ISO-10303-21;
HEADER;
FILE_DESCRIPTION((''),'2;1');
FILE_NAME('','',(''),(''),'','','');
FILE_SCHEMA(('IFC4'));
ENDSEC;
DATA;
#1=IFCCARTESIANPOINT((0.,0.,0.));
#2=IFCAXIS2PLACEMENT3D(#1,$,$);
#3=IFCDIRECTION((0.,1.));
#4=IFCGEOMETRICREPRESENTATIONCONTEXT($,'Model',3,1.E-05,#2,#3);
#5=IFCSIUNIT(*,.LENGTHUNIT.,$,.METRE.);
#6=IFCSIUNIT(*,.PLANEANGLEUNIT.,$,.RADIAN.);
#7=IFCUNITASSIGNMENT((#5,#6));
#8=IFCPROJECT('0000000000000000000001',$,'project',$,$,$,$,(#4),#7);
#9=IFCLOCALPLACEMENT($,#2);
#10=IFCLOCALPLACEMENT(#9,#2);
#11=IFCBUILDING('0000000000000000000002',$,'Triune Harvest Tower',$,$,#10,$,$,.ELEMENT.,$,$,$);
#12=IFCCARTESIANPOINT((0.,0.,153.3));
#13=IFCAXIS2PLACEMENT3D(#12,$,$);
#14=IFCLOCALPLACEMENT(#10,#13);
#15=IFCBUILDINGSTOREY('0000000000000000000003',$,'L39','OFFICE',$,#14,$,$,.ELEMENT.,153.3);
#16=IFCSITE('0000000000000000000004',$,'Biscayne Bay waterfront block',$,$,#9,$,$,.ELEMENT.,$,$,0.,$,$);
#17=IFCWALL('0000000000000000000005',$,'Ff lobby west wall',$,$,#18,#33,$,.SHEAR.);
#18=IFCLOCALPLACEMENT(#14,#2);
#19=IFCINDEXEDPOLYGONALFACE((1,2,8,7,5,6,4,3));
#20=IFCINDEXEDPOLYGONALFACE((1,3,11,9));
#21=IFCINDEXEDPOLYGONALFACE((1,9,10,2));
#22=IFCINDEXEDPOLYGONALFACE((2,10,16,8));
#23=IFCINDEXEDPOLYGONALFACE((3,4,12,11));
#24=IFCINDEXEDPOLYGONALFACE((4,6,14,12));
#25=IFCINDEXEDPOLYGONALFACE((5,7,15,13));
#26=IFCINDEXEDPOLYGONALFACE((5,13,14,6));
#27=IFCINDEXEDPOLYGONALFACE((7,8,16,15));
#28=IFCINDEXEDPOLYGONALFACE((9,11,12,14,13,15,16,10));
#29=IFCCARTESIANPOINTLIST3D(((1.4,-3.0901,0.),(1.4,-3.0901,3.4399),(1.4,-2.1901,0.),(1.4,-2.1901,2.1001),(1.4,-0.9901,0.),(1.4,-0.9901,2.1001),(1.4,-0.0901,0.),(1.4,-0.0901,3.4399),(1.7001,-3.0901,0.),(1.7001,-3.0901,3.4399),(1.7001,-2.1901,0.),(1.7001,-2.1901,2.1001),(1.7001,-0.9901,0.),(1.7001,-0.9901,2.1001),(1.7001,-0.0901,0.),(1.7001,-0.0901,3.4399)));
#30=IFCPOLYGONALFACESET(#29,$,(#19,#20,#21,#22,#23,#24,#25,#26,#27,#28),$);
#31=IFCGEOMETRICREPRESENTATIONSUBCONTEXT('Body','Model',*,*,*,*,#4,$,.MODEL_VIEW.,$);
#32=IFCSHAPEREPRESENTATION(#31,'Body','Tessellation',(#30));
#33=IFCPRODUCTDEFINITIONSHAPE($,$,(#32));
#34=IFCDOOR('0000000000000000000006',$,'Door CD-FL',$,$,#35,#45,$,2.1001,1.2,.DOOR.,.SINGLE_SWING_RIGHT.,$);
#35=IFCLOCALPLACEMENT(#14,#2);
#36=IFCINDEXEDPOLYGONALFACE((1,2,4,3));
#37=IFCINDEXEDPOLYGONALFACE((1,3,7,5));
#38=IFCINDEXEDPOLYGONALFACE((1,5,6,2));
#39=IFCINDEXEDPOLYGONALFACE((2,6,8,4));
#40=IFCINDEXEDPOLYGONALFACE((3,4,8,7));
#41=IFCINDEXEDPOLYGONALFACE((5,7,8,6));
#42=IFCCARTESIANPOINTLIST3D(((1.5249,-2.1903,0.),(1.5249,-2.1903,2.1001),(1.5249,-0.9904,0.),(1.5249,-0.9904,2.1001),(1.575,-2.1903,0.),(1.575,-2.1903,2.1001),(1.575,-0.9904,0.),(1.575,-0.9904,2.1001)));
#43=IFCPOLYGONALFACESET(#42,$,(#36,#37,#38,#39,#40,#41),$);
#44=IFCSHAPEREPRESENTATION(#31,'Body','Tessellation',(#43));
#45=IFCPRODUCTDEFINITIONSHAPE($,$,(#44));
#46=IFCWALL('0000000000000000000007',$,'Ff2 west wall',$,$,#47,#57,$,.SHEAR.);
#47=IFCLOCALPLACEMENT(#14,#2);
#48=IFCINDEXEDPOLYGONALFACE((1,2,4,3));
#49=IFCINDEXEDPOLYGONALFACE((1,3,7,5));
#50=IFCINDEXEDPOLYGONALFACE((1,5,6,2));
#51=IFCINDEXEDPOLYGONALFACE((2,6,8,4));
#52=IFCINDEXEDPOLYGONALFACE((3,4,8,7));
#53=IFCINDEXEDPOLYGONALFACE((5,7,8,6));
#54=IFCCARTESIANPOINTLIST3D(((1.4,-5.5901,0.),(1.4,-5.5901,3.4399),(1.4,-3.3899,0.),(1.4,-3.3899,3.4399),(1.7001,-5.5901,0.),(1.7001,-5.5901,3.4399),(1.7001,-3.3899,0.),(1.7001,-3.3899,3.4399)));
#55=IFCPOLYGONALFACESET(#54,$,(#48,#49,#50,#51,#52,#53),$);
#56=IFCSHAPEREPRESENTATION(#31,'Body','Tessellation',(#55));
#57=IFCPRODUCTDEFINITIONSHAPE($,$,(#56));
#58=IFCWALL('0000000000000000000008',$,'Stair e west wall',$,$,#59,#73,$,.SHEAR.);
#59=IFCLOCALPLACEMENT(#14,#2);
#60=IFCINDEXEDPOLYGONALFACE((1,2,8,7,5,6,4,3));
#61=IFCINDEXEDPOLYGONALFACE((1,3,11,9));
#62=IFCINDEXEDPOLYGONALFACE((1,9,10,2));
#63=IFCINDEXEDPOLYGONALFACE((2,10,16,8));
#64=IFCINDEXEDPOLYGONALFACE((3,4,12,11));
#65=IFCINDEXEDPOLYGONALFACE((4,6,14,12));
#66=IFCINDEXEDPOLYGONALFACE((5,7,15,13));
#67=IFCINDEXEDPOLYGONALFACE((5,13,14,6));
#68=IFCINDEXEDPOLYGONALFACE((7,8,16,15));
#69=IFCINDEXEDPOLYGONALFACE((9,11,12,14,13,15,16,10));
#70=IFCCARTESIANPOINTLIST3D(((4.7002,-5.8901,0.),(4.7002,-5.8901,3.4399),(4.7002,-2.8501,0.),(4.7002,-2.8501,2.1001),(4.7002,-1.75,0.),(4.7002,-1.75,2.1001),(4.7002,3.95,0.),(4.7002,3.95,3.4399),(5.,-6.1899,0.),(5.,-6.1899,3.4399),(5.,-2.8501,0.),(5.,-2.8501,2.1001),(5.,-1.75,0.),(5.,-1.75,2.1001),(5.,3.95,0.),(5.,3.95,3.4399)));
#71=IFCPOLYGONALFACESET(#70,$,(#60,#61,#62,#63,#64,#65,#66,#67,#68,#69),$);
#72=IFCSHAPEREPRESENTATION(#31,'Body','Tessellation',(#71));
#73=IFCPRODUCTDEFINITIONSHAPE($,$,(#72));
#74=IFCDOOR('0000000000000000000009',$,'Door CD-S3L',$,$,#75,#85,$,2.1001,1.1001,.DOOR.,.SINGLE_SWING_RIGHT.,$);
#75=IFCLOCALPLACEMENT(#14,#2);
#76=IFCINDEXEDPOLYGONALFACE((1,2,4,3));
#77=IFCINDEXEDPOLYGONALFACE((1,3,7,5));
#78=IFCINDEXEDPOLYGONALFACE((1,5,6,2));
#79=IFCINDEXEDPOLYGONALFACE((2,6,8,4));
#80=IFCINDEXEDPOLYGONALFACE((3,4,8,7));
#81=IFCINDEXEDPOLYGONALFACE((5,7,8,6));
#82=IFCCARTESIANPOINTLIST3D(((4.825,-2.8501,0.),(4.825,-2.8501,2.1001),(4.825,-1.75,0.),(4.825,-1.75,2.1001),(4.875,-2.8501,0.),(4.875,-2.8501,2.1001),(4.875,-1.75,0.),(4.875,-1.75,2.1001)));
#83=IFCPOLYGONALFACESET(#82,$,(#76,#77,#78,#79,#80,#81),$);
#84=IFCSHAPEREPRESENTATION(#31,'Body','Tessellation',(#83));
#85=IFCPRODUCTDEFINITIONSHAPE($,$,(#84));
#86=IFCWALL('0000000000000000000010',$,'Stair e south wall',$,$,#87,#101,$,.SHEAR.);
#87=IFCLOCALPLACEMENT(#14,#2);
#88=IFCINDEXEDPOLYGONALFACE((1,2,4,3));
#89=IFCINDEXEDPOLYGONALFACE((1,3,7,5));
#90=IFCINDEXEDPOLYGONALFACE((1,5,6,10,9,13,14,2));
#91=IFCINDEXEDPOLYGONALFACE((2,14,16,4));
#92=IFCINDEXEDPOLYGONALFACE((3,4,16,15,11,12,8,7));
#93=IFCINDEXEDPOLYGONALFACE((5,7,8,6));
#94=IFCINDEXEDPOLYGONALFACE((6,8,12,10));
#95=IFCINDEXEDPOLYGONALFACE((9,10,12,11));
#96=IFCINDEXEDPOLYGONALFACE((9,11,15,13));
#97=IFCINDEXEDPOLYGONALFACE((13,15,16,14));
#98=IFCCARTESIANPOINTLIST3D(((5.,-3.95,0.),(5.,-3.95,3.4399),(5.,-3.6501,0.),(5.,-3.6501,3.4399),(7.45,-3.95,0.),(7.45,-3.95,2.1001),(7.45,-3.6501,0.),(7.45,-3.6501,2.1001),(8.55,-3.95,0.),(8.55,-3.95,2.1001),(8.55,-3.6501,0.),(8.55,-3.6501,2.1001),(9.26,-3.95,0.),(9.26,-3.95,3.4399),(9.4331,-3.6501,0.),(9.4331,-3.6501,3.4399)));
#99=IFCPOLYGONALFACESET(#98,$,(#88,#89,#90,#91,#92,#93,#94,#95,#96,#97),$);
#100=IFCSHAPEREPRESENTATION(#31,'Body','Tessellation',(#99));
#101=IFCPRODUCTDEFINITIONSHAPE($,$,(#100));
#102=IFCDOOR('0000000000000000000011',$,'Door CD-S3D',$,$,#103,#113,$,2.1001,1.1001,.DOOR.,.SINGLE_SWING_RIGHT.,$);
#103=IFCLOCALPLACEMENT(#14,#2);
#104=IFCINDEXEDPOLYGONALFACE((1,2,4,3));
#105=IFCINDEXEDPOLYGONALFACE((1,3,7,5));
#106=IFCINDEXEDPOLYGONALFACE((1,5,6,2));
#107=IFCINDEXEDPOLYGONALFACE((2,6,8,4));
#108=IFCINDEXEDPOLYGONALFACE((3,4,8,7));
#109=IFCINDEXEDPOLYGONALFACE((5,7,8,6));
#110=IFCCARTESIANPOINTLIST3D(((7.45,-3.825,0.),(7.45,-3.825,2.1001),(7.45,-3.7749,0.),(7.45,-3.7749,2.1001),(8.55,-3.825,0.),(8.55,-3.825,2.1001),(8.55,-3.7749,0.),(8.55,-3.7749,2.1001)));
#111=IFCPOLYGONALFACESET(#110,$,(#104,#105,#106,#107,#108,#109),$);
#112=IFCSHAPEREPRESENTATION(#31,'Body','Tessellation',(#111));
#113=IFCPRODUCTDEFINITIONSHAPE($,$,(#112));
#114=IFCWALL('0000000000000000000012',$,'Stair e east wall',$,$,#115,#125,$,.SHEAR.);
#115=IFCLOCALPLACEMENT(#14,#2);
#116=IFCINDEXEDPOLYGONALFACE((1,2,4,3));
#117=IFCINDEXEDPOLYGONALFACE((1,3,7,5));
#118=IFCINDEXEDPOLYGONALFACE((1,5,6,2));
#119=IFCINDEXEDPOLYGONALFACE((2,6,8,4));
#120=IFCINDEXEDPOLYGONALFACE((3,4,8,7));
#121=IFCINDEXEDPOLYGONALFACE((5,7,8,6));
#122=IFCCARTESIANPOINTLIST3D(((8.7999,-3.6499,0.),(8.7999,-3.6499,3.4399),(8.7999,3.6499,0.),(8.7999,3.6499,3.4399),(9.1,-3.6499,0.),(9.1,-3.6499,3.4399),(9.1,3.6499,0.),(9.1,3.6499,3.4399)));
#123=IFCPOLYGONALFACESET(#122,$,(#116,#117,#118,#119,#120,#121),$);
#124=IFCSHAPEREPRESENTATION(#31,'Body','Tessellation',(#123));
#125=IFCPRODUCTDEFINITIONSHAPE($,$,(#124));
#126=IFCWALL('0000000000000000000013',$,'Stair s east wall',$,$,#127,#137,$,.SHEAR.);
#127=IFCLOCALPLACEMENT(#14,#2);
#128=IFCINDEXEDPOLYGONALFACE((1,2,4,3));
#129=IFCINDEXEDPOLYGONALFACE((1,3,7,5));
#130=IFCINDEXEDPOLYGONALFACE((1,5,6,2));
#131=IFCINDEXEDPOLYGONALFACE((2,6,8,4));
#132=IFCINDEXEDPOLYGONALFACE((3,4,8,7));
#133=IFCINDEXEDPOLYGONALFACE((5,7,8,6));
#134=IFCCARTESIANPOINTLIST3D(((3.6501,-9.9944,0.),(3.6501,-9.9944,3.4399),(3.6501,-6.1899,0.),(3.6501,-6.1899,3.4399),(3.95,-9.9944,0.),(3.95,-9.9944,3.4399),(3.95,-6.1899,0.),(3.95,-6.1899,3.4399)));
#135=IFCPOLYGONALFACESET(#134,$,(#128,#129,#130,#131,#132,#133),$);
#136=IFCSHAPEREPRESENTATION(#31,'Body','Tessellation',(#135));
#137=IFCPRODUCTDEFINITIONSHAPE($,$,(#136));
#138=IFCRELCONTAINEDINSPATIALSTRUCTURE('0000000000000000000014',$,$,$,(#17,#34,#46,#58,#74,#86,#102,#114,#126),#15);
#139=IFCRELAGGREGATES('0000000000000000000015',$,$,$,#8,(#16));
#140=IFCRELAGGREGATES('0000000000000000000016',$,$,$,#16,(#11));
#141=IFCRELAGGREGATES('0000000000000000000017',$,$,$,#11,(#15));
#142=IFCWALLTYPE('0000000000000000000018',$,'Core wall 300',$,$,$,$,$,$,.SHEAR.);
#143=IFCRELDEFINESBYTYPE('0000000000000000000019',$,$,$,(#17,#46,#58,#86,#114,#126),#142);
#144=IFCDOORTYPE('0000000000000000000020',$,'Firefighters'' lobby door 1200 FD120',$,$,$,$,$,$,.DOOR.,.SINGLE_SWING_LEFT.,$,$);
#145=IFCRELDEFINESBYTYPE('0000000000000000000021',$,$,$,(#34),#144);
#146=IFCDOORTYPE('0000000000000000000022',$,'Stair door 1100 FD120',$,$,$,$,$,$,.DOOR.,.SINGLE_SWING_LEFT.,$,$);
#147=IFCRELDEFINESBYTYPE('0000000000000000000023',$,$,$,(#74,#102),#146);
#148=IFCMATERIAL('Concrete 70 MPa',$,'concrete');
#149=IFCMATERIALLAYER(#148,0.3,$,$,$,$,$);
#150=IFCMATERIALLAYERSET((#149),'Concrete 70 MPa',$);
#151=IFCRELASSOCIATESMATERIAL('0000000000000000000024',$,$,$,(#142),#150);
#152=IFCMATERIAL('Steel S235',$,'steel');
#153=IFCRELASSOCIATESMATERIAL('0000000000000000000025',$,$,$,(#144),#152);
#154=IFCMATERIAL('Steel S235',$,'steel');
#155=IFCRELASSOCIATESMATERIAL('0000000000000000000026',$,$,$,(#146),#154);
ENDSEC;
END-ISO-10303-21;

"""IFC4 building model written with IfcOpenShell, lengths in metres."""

from ifc_helpers import new_model, si_unit, direction, frame, frame_2d, origin, place, context, subcontext, project, spatial, polyline, rectangle, outline, extrude, source, transform, mapped, material, layer, layer_set, type_object, element, fill, save


model = new_model("IFC4")

# Units and contexts
model_context = context("Model", 3, precision=1e-05, world=origin(), true_north=direction((0.0, 1.0)))
body_context = subcontext(model_context, "Body", "Model", "MODEL_VIEW")
ifc_project = project(units=[si_unit("LENGTHUNIT", "METRE"), si_unit("PLANEANGLEUNIT", "RADIAN")], contexts=[model_context])

# Site, building, storey
site_placement = place(None, origin())
site = spatial("IfcSite", under=ifc_project, at=site_placement, Name="Biscayne Bay waterfront block", CompositionType="ELEMENT", RefElevation=0.0)
building_placement = place(site_placement, origin())
building = spatial("IfcBuilding", under=site, at=building_placement, Name="Triune Harvest Tower", CompositionType="ELEMENT")
storey_placement = place(building_placement, frame((0.0, 0.0, 153.3)))
storey = spatial("IfcBuildingStorey", under=building, at=storey_placement, Name="L39", Description="OFFICE", CompositionType="ELEMENT", Elevation=153.3)

# Shared definitions
ifc_material_1 = material(Name="Concrete 70 MPa", Category="concrete")
ifc_layer_1 = layer(ifc_material_1, 0.3)
ifc_layer_set_1 = layer_set([ifc_layer_1], Name="Concrete 70 MPa")
wall_type_1 = type_object("IfcWallType", Name="Core wall 300", PredefinedType="SHEAR", material=ifc_layer_set_1)

# Wall, opening, door
shared_shape_1 = source(origin(), body_context, "Body", "SweptSolid", [
    extrude(rectangle(XDim=3.0, YDim=0.3, at=frame_2d((1.5, 0.0))), origin(), (0.0, 0.0, 1.0), 3.4399),
])
wall_1_placement = place(storey_placement, frame((1.55, -3.0901, 0.0), z_axis=(0.0, 0.0, 1.0), x_axis=(0.0, 1.0, 0.0)))
wall_1 = element("IfcWall", 1, at=wall_1_placement, inside=storey, type_object=wall_type_1, Name="Ff lobby west wall", PredefinedType="SHEAR", context=body_context, shape_type="MappedRepresentation", body=[
    mapped(shared_shape_1, transform((0.0, 0.0, 0.0), scale=1.0)),
])
opening_1_placement = place(wall_1_placement, frame((0.8999, 0.0, 0.0)))
opening_1 = element("IfcOpeningElement", 2, at=opening_1_placement, cuts=wall_1, PredefinedType="OPENING", context=body_context, shape_type="SweptSolid", body=[
    extrude(rectangle(XDim=1.2, YDim=2.1001, at=frame_2d((0.6001, 1.05))), frame((0.0, 0.1602, 0.0), z_axis=(0.0, -1.0, 0.0), x_axis=(1.0, 0.0, 0.0)), (0.0, 0.0, 1.0), 0.3201),
])
ifc_material_2 = material(Name="Steel S235", Category="steel")
door_type_1 = type_object("IfcDoorType", Name="Firefighters' lobby door 1200 FD120", OperationType="SINGLE_SWING_LEFT", PredefinedType="DOOR", material=ifc_material_2)
door_1_placement = place(opening_1_placement, frame((1.2, 0.0, 0.0), z_axis=(0.0, 0.0, 1.0), x_axis=(-1.0, 0.0, 0.0)))
door_1 = element("IfcDoor", 3, at=door_1_placement, inside=storey, type_object=door_type_1, Name="Door CD-FL", OperationType="SINGLE_SWING_RIGHT", OverallHeight=2.1001, OverallWidth=1.2, PredefinedType="DOOR", context=body_context, shape_type="SweptSolid", body=[
    extrude(rectangle(XDim=1.2, YDim=2.1001, at=frame_2d((0.6001, 1.05))), frame((0.0, 0.0249, 0.0), z_axis=(0.0, -1.0, 0.0), x_axis=(1.0, 0.0, 0.0)), (0.0, 0.0, 1.0), 0.05),
])
fill(opening_1, door_1)

# Wall
shared_shape_2 = source(origin(), body_context, "Body", "SweptSolid", [
    extrude(rectangle(XDim=2.2002, YDim=0.3, at=frame_2d((1.1001, 0.0))), origin(), (0.0, 0.0, 1.0), 3.4399),
])
wall_2_placement = place(storey_placement, frame((1.55, -5.5901, 0.0), z_axis=(0.0, 0.0, 1.0), x_axis=(0.0, 1.0, 0.0)))
element("IfcWall", 4, at=wall_2_placement, inside=storey, type_object=wall_type_1, Name="Ff2 west wall", PredefinedType="SHEAR", context=body_context, shape_type="MappedRepresentation", body=[
    mapped(shared_shape_2, transform((0.0, 0.0, 0.0), scale=1.0)),
])

# Walls, openings, doors
shared_shape_3 = source(origin(), body_context, "Body", "SweptSolid", [
    extrude(outline(polyline([(-0.1499, -0.1499), (9.99, -0.1499), (9.99, 0.1499), (0.1499, 0.1499), (-0.1499, -0.1499)])), origin(), (0.0, 0.0, 1.0), 3.4399),
])
wall_3_placement = place(storey_placement, frame((4.8501, -6.04, 0.0), z_axis=(0.0, 0.0, 1.0), x_axis=(0.0, 1.0, 0.0)))
wall_3 = element("IfcWall", 5, at=wall_3_placement, inside=storey, type_object=wall_type_1, Name="Stair e west wall", PredefinedType="SHEAR", context=body_context, shape_type="MappedRepresentation", body=[
    mapped(shared_shape_3, transform((0.0, 0.0, 0.0), scale=1.0)),
])
opening_2_placement = place(wall_3_placement, frame((3.1899, 0.0, 0.0)))
opening_2 = element("IfcOpeningElement", 6, at=opening_2_placement, cuts=wall_3, PredefinedType="OPENING", context=body_context, shape_type="SweptSolid", body=[
    extrude(rectangle(XDim=1.1001, YDim=2.1001, at=frame_2d((0.55, 1.05))), frame((0.0, 0.1602, 0.0), z_axis=(0.0, -1.0, 0.0), x_axis=(1.0, 0.0, 0.0)), (0.0, 0.0, 1.0), 0.3201),
])
ifc_material_3 = material(Name="Steel S235", Category="steel")
door_type_2 = type_object("IfcDoorType", Name="Stair door 1100 FD120", OperationType="SINGLE_SWING_LEFT", PredefinedType="DOOR", material=ifc_material_3)
door_2_placement = place(opening_2_placement, frame((1.1001, 0.0, 0.0), z_axis=(0.0, 0.0, 1.0), x_axis=(-1.0, 0.0, 0.0)))
door_2 = element("IfcDoor", 7, at=door_2_placement, inside=storey, type_object=door_type_2, Name="Door CD-S3L", OperationType="SINGLE_SWING_RIGHT", OverallHeight=2.1001, OverallWidth=1.1001, PredefinedType="DOOR", context=body_context, shape_type="SweptSolid", body=[
    extrude(rectangle(XDim=1.1001, YDim=2.1001, at=frame_2d((0.55, 1.05))), frame((0.0, 0.0249, 0.0), z_axis=(0.0, -1.0, 0.0), x_axis=(1.0, 0.0, 0.0)), (0.0, 0.0, 1.0), 0.05),
])
fill(opening_2, door_2)
shared_shape_4 = source(origin(), body_context, "Body", "SweptSolid", [
    extrude(outline(polyline([(0.0, -0.1499), (0.0, 0.1499), (4.4331, 0.1499), (4.26, -0.1499), (0.0, -0.1499)])), origin(), (0.0, 0.0, 1.0), 3.4399),
])
wall_4_placement = place(storey_placement, frame((5.0, -3.8, 0.0), z_axis=(0.0, 0.0, 1.0), x_axis=(1.0, 0.0, 0.0)))
wall_4 = element("IfcWall", 8, at=wall_4_placement, inside=storey, type_object=wall_type_1, Name="Stair e south wall", PredefinedType="SHEAR", context=body_context, shape_type="MappedRepresentation", body=[
    mapped(shared_shape_4, transform((0.0, 0.0, 0.0), scale=1.0)),
])
opening_3_placement = place(wall_4_placement, frame((2.45, 0.0, 0.0)))
opening_3 = element("IfcOpeningElement", 9, at=opening_3_placement, cuts=wall_4, PredefinedType="OPENING", context=body_context, shape_type="SweptSolid", body=[
    extrude(rectangle(XDim=1.1001, YDim=2.1001, at=frame_2d((0.55, 1.05))), frame((0.0, 0.1602, 0.0), z_axis=(0.0, -1.0, 0.0), x_axis=(1.0, 0.0, 0.0)), (0.0, 0.0, 1.0), 0.3201),
])
door_3_placement = place(opening_3_placement, frame((1.1001, 0.0, 0.0), z_axis=(0.0, 0.0, 1.0), x_axis=(-1.0, 0.0, 0.0)))
door_3 = element("IfcDoor", 10, at=door_3_placement, inside=storey, type_object=door_type_2, Name="Door CD-S3D", OperationType="SINGLE_SWING_RIGHT", OverallHeight=2.1001, OverallWidth=1.1001, PredefinedType="DOOR", context=body_context, shape_type="SweptSolid", body=[
    extrude(rectangle(XDim=1.1001, YDim=2.1001, at=frame_2d((0.55, 1.05))), frame((0.0, 0.0249, 0.0), z_axis=(0.0, -1.0, 0.0), x_axis=(1.0, 0.0, 0.0)), (0.0, 0.0, 1.0), 0.05),
])
fill(opening_3, door_3)

# Walls
shared_shape_5 = source(origin(), body_context, "Body", "SweptSolid", [
    extrude(rectangle(XDim=7.2998, YDim=0.3, at=frame_2d((3.6499, 0.0))), origin(), (0.0, 0.0, 1.0), 3.4399),
])
wall_5_placement = place(storey_placement, frame((8.95, -3.6499, 0.0), z_axis=(0.0, 0.0, 1.0), x_axis=(0.0, 1.0, 0.0)))
element("IfcWall", 11, at=wall_5_placement, inside=storey, type_object=wall_type_1, Name="Stair e east wall", PredefinedType="SHEAR", context=body_context, shape_type="MappedRepresentation", body=[
    mapped(shared_shape_5, transform((0.0, 0.0, 0.0), scale=1.0)),
])
shared_shape_6 = source(origin(), body_context, "Body", "SweptSolid", [
    extrude(outline(polyline([(3.8, -0.1499), (-0.0044, -0.1499), (-0.0044, 0.1499), (3.8, 0.1499), (3.8, -0.1499)])), origin(), (0.0, 0.0, 1.0), 3.4399),
])
wall_6_placement = place(storey_placement, frame((3.8, -9.99, 0.0), z_axis=(0.0, 0.0, 1.0), x_axis=(0.0, 1.0, 0.0)))
element("IfcWall", 12, at=wall_6_placement, inside=storey, type_object=wall_type_1, Name="Stair s east wall", PredefinedType="SHEAR", context=body_context, shape_type="MappedRepresentation", body=[
    mapped(shared_shape_6, transform((0.0, 0.0, 0.0), scale=1.0)),
])

save(model, "model.ifc")
